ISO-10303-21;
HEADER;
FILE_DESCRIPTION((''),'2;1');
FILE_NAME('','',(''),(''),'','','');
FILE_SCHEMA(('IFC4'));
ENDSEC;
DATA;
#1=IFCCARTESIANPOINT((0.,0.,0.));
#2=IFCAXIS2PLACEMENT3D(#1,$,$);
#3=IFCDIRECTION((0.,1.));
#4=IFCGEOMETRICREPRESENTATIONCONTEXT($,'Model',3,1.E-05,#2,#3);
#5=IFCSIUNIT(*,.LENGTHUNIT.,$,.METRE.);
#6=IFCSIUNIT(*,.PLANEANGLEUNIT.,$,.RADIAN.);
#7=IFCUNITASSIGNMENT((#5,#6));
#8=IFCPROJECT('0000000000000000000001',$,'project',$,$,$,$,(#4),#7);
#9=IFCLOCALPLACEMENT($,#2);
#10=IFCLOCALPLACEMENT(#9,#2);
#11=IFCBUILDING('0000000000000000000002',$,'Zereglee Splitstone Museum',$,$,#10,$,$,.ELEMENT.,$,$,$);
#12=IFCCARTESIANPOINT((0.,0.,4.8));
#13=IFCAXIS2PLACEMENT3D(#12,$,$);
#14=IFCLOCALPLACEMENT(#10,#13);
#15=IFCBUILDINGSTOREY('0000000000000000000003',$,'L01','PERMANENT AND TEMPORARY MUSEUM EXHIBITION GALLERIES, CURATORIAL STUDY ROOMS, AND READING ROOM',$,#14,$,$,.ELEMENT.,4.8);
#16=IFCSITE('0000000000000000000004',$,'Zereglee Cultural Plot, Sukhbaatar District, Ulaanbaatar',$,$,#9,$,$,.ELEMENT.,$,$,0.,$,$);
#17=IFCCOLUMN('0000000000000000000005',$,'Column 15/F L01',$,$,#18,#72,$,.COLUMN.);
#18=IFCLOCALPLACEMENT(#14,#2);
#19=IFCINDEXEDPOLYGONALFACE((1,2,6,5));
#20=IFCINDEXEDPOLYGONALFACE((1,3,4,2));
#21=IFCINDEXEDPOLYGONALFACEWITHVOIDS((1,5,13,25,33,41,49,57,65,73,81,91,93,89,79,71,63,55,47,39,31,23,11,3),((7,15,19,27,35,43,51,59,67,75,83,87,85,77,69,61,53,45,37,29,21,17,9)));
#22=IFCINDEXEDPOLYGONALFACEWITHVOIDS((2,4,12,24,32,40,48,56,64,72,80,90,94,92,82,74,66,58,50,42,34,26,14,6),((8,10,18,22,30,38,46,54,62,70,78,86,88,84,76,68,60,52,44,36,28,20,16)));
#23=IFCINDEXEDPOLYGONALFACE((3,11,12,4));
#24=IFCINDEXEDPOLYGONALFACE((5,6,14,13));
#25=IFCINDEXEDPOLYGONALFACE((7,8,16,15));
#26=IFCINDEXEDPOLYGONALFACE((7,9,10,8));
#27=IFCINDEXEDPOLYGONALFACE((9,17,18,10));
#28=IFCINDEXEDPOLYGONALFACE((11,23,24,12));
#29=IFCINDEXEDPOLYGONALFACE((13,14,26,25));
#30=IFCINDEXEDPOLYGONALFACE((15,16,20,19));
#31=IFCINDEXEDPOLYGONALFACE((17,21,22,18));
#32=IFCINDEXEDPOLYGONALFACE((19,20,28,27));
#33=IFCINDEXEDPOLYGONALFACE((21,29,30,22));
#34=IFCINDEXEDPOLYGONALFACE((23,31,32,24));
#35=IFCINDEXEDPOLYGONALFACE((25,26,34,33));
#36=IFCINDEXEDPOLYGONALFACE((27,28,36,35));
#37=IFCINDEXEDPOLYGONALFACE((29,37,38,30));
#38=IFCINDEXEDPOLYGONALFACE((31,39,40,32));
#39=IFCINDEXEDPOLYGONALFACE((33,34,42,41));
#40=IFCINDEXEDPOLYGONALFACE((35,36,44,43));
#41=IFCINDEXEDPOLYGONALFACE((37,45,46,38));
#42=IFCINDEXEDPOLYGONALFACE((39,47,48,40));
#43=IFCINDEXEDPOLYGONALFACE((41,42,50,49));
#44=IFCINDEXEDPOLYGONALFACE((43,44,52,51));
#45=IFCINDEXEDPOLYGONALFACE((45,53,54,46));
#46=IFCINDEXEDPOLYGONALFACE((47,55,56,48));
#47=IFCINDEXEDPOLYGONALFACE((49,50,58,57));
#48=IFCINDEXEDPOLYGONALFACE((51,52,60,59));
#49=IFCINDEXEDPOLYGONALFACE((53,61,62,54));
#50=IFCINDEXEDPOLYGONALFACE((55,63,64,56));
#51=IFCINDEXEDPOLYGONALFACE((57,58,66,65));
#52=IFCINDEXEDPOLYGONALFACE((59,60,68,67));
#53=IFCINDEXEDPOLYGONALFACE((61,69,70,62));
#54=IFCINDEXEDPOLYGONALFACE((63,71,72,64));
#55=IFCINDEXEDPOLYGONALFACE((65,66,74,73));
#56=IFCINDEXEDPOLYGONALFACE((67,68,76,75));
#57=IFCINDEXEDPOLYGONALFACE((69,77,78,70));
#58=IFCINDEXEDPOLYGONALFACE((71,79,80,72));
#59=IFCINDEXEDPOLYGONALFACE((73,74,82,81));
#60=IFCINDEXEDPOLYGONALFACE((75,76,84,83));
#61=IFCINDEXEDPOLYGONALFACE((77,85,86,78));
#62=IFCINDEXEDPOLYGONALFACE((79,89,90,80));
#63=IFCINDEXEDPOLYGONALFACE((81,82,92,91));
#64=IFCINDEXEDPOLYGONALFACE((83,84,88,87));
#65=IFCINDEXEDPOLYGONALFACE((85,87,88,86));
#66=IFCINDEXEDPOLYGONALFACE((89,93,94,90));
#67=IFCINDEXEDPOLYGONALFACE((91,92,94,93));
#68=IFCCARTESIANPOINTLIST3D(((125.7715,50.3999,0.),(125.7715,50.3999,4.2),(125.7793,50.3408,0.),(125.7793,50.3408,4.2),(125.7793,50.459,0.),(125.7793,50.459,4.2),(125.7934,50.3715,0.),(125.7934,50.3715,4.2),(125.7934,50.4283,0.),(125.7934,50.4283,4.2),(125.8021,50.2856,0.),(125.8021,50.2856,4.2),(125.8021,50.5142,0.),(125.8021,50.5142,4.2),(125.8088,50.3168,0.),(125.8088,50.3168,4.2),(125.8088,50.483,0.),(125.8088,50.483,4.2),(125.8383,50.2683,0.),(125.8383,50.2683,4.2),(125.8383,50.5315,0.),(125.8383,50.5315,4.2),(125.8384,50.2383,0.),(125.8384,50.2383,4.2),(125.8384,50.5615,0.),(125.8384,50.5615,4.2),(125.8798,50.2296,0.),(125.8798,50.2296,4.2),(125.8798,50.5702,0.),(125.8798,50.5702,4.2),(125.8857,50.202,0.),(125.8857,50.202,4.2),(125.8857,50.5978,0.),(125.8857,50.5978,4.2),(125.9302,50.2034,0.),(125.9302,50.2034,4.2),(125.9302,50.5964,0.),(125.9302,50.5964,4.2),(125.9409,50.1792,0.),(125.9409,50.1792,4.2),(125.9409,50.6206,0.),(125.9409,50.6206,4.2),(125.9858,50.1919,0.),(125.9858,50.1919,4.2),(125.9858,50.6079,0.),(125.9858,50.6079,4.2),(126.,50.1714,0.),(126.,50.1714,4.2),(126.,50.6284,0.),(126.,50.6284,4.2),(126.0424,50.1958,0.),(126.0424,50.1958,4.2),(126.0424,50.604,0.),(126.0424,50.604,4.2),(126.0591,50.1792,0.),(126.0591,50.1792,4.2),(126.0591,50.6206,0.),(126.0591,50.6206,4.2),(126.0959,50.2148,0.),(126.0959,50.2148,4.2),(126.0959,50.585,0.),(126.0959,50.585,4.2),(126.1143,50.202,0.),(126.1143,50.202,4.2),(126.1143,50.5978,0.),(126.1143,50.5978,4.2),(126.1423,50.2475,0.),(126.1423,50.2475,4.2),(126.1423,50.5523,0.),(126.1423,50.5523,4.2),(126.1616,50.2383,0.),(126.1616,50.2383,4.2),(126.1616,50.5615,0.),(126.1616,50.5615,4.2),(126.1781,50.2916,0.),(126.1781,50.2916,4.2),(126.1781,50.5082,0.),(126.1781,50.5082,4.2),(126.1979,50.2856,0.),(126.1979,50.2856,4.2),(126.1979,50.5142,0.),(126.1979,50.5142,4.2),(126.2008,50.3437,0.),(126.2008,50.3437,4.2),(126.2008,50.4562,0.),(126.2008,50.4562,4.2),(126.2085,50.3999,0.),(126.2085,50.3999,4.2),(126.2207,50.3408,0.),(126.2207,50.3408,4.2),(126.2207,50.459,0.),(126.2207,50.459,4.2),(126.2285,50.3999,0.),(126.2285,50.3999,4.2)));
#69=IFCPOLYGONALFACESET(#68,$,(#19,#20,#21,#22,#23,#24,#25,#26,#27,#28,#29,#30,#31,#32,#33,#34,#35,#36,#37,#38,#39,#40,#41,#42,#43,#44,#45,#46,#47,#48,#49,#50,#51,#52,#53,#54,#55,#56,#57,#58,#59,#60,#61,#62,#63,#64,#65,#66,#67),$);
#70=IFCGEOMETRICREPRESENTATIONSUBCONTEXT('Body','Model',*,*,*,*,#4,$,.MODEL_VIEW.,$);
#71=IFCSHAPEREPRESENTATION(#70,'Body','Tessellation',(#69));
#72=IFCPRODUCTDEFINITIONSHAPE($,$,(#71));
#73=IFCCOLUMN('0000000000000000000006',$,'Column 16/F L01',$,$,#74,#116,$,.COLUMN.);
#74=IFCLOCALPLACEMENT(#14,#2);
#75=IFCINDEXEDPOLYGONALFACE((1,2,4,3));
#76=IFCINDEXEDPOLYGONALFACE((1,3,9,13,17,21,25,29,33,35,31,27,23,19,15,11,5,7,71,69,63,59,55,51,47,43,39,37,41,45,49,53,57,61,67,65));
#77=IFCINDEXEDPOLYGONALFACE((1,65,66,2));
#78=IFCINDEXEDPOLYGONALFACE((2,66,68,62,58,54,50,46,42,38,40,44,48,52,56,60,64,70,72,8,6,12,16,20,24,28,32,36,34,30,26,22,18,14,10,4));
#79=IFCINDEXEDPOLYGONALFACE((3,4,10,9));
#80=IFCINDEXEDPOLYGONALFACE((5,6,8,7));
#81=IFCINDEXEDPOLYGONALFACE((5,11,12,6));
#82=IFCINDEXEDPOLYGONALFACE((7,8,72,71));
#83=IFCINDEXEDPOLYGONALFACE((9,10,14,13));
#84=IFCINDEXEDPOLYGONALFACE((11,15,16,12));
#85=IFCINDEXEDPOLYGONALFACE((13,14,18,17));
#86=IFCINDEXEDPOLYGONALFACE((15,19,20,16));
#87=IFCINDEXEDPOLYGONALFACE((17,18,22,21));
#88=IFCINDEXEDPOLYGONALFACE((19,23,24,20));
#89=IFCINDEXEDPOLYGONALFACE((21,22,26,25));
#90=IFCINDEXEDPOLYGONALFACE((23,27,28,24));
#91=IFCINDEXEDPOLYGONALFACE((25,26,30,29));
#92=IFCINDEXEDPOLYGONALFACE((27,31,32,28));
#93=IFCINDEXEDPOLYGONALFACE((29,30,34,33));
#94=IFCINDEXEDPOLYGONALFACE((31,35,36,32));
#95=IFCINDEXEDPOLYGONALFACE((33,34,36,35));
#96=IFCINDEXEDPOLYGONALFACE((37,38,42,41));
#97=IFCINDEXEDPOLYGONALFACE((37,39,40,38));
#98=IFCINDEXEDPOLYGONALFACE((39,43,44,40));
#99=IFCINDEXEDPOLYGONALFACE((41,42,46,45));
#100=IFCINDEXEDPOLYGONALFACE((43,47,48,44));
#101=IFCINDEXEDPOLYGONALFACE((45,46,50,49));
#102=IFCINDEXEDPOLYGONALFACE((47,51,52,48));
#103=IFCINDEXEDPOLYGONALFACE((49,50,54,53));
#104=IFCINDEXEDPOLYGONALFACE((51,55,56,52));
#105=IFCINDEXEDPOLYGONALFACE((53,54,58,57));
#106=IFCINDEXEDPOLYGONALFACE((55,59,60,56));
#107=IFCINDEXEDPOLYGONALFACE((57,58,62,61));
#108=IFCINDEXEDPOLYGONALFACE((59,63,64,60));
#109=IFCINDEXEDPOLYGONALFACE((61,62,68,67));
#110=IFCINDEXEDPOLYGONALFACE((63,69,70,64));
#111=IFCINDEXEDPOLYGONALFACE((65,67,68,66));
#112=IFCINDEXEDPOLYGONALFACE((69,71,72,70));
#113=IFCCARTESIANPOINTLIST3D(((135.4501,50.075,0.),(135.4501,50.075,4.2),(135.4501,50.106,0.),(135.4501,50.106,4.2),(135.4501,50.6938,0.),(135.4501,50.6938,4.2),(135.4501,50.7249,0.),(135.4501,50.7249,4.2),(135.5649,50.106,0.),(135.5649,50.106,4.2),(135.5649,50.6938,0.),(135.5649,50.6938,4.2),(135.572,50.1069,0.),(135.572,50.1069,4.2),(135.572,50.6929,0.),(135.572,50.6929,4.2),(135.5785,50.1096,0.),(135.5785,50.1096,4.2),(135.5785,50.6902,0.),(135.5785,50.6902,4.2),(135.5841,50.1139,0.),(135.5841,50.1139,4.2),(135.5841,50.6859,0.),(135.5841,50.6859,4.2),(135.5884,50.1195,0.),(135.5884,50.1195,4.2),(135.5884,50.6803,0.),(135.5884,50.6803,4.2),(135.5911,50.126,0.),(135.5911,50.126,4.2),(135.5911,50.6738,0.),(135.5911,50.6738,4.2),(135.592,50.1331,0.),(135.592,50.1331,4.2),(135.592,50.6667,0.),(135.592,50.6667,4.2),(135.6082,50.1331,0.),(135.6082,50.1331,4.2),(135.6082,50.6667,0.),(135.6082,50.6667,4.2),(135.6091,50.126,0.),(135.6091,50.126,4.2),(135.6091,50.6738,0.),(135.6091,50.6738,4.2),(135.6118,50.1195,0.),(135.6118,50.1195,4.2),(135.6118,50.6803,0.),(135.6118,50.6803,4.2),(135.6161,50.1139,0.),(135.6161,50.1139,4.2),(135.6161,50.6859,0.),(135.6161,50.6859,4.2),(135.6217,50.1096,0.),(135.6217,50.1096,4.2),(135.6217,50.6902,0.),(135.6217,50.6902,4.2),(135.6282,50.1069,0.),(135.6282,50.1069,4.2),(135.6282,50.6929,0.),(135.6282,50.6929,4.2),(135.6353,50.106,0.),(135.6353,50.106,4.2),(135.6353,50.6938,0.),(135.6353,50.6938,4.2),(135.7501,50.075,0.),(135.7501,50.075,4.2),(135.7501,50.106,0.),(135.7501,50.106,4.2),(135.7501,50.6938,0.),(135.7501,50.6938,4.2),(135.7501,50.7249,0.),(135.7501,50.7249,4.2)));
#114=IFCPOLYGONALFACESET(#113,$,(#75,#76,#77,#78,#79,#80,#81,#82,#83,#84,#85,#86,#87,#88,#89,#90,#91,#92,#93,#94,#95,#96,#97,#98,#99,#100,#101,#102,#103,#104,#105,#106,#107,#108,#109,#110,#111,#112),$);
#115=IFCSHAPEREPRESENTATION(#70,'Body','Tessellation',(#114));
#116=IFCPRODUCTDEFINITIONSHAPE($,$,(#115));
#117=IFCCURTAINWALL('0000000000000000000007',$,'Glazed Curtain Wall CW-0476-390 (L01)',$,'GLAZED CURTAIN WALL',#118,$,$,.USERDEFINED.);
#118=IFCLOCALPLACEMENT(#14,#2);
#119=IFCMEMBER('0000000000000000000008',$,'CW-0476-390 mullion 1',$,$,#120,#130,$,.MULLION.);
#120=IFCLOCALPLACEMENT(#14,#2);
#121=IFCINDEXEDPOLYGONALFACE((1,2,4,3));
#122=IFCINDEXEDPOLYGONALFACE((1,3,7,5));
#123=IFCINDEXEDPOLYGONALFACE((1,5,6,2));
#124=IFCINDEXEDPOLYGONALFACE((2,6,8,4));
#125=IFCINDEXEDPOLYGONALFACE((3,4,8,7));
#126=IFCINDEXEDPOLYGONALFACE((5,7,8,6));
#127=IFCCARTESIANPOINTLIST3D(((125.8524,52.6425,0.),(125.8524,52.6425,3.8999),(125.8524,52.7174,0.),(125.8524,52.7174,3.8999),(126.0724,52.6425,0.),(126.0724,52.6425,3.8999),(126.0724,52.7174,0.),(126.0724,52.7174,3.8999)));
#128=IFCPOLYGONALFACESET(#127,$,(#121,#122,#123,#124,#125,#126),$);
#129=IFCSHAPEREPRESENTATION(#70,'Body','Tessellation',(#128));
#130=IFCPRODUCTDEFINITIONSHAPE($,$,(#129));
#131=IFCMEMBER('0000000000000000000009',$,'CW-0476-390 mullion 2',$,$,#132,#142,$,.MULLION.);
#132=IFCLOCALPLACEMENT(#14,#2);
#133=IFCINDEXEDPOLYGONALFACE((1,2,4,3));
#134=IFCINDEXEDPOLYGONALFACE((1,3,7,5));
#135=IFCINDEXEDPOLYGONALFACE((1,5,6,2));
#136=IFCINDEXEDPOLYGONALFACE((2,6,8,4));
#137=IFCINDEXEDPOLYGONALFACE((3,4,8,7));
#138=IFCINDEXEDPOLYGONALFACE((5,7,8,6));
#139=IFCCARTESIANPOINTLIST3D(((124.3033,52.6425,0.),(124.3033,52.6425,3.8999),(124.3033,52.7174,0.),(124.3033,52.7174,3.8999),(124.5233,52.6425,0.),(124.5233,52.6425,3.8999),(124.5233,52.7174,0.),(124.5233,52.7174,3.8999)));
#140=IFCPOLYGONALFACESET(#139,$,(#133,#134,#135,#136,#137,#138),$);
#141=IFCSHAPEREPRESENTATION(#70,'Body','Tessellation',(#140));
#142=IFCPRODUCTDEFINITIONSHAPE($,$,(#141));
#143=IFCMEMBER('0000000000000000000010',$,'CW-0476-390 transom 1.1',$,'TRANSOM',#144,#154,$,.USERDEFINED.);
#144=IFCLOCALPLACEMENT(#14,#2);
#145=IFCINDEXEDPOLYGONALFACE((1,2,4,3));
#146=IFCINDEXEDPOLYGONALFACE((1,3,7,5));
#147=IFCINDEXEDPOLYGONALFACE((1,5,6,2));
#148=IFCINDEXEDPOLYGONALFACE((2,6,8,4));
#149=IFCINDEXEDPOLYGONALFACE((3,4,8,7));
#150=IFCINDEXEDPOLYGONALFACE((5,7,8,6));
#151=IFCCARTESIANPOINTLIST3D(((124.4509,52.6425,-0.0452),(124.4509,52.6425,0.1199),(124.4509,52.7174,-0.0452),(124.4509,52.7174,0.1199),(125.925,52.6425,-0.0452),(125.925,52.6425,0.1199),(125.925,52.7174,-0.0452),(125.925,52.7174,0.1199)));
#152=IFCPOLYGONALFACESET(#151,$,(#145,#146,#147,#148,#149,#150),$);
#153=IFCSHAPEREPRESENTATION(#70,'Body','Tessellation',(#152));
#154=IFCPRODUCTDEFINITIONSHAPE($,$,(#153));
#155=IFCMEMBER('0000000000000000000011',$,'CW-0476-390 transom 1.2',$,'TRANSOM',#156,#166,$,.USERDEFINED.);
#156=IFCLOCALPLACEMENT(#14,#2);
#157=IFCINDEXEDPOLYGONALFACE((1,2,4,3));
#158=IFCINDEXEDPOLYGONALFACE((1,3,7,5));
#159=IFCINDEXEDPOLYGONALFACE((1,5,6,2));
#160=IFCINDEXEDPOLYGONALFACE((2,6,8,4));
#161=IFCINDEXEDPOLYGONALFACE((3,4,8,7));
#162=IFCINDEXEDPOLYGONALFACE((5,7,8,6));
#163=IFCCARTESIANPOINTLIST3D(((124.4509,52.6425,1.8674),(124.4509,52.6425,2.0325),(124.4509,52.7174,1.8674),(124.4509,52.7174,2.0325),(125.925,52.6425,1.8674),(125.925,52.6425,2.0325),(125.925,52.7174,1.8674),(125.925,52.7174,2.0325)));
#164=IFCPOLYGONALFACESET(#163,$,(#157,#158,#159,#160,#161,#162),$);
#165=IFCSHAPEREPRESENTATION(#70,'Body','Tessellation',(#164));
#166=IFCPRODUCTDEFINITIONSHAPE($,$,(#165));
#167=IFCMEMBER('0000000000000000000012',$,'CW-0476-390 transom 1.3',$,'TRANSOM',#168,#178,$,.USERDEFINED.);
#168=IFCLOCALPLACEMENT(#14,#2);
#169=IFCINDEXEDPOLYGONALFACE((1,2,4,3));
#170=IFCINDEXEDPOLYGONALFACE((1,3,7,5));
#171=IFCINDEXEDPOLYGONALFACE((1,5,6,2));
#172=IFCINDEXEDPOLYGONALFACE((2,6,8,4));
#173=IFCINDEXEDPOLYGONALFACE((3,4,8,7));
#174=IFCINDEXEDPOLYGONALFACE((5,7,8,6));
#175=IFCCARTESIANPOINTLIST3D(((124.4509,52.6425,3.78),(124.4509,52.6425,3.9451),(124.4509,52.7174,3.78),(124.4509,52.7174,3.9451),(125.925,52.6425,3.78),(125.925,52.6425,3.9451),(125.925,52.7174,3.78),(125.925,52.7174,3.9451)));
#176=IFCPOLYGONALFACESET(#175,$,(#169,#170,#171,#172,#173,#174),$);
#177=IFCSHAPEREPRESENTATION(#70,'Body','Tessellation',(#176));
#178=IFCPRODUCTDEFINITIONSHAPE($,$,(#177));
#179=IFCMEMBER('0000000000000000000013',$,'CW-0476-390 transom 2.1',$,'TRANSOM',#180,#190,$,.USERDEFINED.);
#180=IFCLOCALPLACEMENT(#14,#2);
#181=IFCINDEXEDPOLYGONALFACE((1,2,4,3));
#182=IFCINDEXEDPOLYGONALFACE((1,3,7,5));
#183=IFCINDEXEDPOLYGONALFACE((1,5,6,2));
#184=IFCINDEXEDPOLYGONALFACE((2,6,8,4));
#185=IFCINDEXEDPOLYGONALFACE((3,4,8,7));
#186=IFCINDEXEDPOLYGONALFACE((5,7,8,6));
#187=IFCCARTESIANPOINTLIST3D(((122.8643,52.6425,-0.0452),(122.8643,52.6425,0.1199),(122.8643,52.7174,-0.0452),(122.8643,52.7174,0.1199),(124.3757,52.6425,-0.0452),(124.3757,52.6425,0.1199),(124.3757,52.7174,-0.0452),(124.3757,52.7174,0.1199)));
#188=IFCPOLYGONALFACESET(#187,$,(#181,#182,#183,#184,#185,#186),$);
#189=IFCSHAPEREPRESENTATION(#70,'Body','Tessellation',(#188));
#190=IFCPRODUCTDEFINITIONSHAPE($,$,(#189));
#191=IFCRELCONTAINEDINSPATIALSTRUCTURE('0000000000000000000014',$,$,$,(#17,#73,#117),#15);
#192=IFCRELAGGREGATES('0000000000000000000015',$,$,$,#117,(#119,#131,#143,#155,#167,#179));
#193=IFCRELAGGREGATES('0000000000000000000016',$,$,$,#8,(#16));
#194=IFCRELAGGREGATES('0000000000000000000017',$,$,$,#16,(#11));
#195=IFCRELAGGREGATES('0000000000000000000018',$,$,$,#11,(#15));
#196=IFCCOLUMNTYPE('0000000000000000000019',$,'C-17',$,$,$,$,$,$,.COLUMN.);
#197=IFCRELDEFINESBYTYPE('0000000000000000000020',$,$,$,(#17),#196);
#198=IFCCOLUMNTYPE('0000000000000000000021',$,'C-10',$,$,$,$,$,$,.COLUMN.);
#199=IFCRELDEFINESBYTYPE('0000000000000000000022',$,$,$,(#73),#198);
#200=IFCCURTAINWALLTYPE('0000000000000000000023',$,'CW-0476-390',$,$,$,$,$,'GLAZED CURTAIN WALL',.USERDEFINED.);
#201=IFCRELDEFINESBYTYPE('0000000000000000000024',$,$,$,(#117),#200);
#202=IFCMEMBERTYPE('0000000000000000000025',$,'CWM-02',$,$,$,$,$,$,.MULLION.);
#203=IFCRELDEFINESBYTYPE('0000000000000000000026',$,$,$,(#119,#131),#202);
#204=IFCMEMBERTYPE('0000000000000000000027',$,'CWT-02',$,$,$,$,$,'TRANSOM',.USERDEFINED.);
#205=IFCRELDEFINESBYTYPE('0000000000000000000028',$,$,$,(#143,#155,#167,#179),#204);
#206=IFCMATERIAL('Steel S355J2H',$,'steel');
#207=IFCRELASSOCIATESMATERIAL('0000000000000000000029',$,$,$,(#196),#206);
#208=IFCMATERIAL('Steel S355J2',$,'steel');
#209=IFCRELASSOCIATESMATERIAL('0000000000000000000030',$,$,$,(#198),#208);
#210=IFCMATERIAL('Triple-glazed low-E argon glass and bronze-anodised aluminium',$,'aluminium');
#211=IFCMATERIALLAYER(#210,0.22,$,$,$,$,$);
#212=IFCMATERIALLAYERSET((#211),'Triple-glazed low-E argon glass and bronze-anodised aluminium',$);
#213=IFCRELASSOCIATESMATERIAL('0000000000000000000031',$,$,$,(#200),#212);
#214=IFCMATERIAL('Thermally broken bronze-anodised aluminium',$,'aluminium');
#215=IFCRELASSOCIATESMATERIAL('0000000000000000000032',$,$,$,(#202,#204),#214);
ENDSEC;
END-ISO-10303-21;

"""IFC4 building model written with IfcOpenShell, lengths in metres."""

from ifc_helpers import new_model, si_unit, direction, frame, origin, origin_2d, place, context, subcontext, project, spatial, rectangle, hollow_circle, i_section, extrude, material, layer, layer_set, material_profile, profile_set, type_object, element, aggregate, save


model = new_model("IFC4")

# Units and contexts
model_context = context("Model", 3, precision=1e-05, world=origin(), true_north=direction((0.0, 1.0)))
body_context = subcontext(model_context, "Body", "Model", "MODEL_VIEW")
ifc_project = project(units=[si_unit("LENGTHUNIT", "METRE"), si_unit("PLANEANGLEUNIT", "RADIAN")], contexts=[model_context])

# Site, building, storey
site_placement = place(None, origin())
site = spatial("IfcSite", under=ifc_project, at=site_placement, Name="Zereglee Cultural Plot, Sukhbaatar District, Ulaanbaatar", CompositionType="ELEMENT", RefElevation=0.0)
building_placement = place(site_placement, origin())
building = spatial("IfcBuilding", under=site, at=building_placement, Name="Zereglee Splitstone Museum", CompositionType="ELEMENT")
storey_placement = place(building_placement, frame((0.0, 0.0, 4.8)))
storey = spatial("IfcBuildingStorey", under=building, at=storey_placement, Name="L01", Description="PERMANENT AND TEMPORARY MUSEUM EXHIBITION GALLERIES, CURATORIAL STUDY ROOMS, AND READING ROOM", CompositionType="ELEMENT", Elevation=4.8)

# Columns
ifc_material_1 = material(Name="Steel S355J2H", Category="steel")
ifc_material_profile_1 = material_profile(ifc_material_1, hollow_circle(Radius=0.2285, WallThickness=0.02, at=origin_2d()), Name="CHS 457.0x20")
ifc_profile_set_1 = profile_set([ifc_material_profile_1], Name="Steel S355J2H")
column_type_1 = type_object("IfcColumnType", Name="C-17", PredefinedType="COLUMN", material=ifc_profile_set_1)
column_1_placement = place(storey_placement, frame((126.0, 50.3999, 0.0), z_axis=(0.0, 0.0, 1.0), x_axis=(1.0, 0.0, 0.0)))
element("IfcColumn", 1, at=column_1_placement, inside=storey, type_object=column_type_1, Name="Column 15/F L01", PredefinedType="COLUMN", context=body_context, shape_type="SweptSolid", body=[
    extrude(hollow_circle(Radius=0.2285, WallThickness=0.02, at=origin_2d()), origin(), (0.0, 0.0, 1.0), 4.2),
])
ifc_material_2 = material(Name="Steel S355J2", Category="steel")
ifc_material_profile_2 = material_profile(ifc_material_2, i_section(OverallWidth=0.3, OverallDepth=0.6499, WebThickness=0.0161, FlangeThickness=0.031, FilletRadius=0.0271, at=origin_2d()), Name="HE 650 B")
ifc_profile_set_2 = profile_set([ifc_material_profile_2], Name="Steel S355J2")
column_type_2 = type_object("IfcColumnType", Name="C-10", PredefinedType="COLUMN", material=ifc_profile_set_2)
column_2_placement = place(storey_placement, frame((135.6001, 50.3999, 0.0), z_axis=(0.0, 0.0, 1.0), x_axis=(1.0, 0.0, 0.0)))
element("IfcColumn", 2, at=column_2_placement, inside=storey, type_object=column_type_2, Name="Column 16/F L01", PredefinedType="COLUMN", context=body_context, shape_type="SweptSolid", body=[
    extrude(i_section(OverallWidth=0.3, OverallDepth=0.6499, WebThickness=0.0161, FlangeThickness=0.031, FilletRadius=0.0271, at=origin_2d()), origin(), (0.0, 0.0, 1.0), 4.2),
])

# Curtain wall, members
ifc_material_3 = material(Name="Triple-glazed low-E argon glass and bronze-anodised aluminium", Category="aluminium")
ifc_layer_1 = layer(ifc_material_3, 0.22)
ifc_layer_set_1 = layer_set([ifc_layer_1], Name="Triple-glazed low-E argon glass and bronze-anodised aluminium")
curtain_wall_type = type_object("IfcCurtainWallType", Name="CW-0476-390", ElementType="GLAZED CURTAIN WALL", PredefinedType="USERDEFINED", material=ifc_layer_set_1)
curtain_wall_placement = place(storey_placement, origin())
curtain_wall = element("IfcCurtainWall", 3, at=curtain_wall_placement, inside=storey, type_object=curtain_wall_type, Name="Glazed Curtain Wall CW-0476-390 (L01)", ObjectType="GLAZED CURTAIN WALL", PredefinedType="USERDEFINED")
ifc_material_4 = material(Name="Thermally broken bronze-anodised aluminium", Category="aluminium")
ifc_material_profile_3 = material_profile(ifc_material_4, rectangle(XDim=0.075, YDim=0.22, at=origin_2d()), Name="CW MULL 75x220")
ifc_profile_set_3 = profile_set([ifc_material_profile_3], Name="Thermally broken bronze-anodised aluminium")
member_type_1 = type_object("IfcMemberType", Name="CWM-02", PredefinedType="MULLION", material=ifc_profile_set_3)
member_1_placement = place(storey_placement, frame((125.9624, 52.6799, 0.0), z_axis=(0.0, 0.0, 1.0), x_axis=(0.0, -1.0, 0.0)))
member_1 = element("IfcMember", 4, at=member_1_placement, type_object=member_type_1, Name="CW-0476-390 mullion 1", PredefinedType="MULLION", context=body_context, shape_type="SweptSolid", body=[
    extrude(rectangle(XDim=0.075, YDim=0.22, at=origin_2d()), origin(), (0.0, 0.0, 1.0), 3.8999),
])
member_2_placement = place(storey_placement, frame((124.4133, 52.6799, 0.0), z_axis=(0.0, 0.0, 1.0), x_axis=(0.0, -1.0, 0.0)))
member_2 = element("IfcMember", 5, at=member_2_placement, type_object=member_type_1, Name="CW-0476-390 mullion 2", PredefinedType="MULLION", context=body_context, shape_type="SweptSolid", body=[
    extrude(rectangle(XDim=0.075, YDim=0.22, at=origin_2d()), origin(), (0.0, 0.0, 1.0), 3.8999),
])
ifc_material_profile_4 = material_profile(ifc_material_4, rectangle(XDim=0.075, YDim=0.165, at=origin_2d()), Name="CW TRAN 75x165")
ifc_profile_set_4 = profile_set([ifc_material_profile_4], Name="Thermally broken bronze-anodised aluminium")
member_type_2 = type_object("IfcMemberType", Name="CWT-02", ElementType="TRANSOM", PredefinedType="USERDEFINED", material=ifc_profile_set_4)
member_3_placement = place(storey_placement, frame((125.925, 52.6799, 0.0374), z_axis=(-1.0, 0.0, 0.0), x_axis=(0.0, -1.0, 0.0)))
member_3 = element("IfcMember", 6, at=member_3_placement, type_object=member_type_2, Name="CW-0476-390 transom 1.1", ObjectType="TRANSOM", PredefinedType="USERDEFINED", context=body_context, shape_type="SweptSolid", body=[
    extrude(rectangle(XDim=0.075, YDim=0.165, at=origin_2d()), origin(), (0.0, 0.0, 1.0), 1.4741),
])
member_4_placement = place(storey_placement, frame((125.925, 52.6799, 1.95), z_axis=(-1.0, 0.0, 0.0), x_axis=(0.0, -1.0, 0.0)))
member_4 = element("IfcMember", 7, at=member_4_placement, type_object=member_type_2, Name="CW-0476-390 transom 1.2", ObjectType="TRANSOM", PredefinedType="USERDEFINED", context=body_context, shape_type="SweptSolid", body=[
    extrude(rectangle(XDim=0.075, YDim=0.165, at=origin_2d()), origin(), (0.0, 0.0, 1.0), 1.4741),
])
member_5_placement = place(storey_placement, frame((125.925, 52.6799, 3.8625), z_axis=(-1.0, 0.0, 0.0), x_axis=(0.0, -1.0, 0.0)))
member_5 = element("IfcMember", 8, at=member_5_placement, type_object=member_type_2, Name="CW-0476-390 transom 1.3", ObjectType="TRANSOM", PredefinedType="USERDEFINED", context=body_context, shape_type="SweptSolid", body=[
    extrude(rectangle(XDim=0.075, YDim=0.165, at=origin_2d()), origin(), (0.0, 0.0, 1.0), 1.4741),
])
member_6_placement = place(storey_placement, frame((124.3757, 52.6799, 0.0374), z_axis=(-1.0, 0.0, 0.0), x_axis=(0.0, -1.0, 0.0)))
member_6 = element("IfcMember", 9, at=member_6_placement, type_object=member_type_2, Name="CW-0476-390 transom 2.1", ObjectType="TRANSOM", PredefinedType="USERDEFINED", context=body_context, shape_type="SweptSolid", body=[
    extrude(rectangle(XDim=0.075, YDim=0.165, at=origin_2d()), origin(), (0.0, 0.0, 1.0), 1.5115),
])

aggregate(curtain_wall, [member_1, member_2, member_3, member_4, member_5, member_6])

save(model, "model.ifc")
